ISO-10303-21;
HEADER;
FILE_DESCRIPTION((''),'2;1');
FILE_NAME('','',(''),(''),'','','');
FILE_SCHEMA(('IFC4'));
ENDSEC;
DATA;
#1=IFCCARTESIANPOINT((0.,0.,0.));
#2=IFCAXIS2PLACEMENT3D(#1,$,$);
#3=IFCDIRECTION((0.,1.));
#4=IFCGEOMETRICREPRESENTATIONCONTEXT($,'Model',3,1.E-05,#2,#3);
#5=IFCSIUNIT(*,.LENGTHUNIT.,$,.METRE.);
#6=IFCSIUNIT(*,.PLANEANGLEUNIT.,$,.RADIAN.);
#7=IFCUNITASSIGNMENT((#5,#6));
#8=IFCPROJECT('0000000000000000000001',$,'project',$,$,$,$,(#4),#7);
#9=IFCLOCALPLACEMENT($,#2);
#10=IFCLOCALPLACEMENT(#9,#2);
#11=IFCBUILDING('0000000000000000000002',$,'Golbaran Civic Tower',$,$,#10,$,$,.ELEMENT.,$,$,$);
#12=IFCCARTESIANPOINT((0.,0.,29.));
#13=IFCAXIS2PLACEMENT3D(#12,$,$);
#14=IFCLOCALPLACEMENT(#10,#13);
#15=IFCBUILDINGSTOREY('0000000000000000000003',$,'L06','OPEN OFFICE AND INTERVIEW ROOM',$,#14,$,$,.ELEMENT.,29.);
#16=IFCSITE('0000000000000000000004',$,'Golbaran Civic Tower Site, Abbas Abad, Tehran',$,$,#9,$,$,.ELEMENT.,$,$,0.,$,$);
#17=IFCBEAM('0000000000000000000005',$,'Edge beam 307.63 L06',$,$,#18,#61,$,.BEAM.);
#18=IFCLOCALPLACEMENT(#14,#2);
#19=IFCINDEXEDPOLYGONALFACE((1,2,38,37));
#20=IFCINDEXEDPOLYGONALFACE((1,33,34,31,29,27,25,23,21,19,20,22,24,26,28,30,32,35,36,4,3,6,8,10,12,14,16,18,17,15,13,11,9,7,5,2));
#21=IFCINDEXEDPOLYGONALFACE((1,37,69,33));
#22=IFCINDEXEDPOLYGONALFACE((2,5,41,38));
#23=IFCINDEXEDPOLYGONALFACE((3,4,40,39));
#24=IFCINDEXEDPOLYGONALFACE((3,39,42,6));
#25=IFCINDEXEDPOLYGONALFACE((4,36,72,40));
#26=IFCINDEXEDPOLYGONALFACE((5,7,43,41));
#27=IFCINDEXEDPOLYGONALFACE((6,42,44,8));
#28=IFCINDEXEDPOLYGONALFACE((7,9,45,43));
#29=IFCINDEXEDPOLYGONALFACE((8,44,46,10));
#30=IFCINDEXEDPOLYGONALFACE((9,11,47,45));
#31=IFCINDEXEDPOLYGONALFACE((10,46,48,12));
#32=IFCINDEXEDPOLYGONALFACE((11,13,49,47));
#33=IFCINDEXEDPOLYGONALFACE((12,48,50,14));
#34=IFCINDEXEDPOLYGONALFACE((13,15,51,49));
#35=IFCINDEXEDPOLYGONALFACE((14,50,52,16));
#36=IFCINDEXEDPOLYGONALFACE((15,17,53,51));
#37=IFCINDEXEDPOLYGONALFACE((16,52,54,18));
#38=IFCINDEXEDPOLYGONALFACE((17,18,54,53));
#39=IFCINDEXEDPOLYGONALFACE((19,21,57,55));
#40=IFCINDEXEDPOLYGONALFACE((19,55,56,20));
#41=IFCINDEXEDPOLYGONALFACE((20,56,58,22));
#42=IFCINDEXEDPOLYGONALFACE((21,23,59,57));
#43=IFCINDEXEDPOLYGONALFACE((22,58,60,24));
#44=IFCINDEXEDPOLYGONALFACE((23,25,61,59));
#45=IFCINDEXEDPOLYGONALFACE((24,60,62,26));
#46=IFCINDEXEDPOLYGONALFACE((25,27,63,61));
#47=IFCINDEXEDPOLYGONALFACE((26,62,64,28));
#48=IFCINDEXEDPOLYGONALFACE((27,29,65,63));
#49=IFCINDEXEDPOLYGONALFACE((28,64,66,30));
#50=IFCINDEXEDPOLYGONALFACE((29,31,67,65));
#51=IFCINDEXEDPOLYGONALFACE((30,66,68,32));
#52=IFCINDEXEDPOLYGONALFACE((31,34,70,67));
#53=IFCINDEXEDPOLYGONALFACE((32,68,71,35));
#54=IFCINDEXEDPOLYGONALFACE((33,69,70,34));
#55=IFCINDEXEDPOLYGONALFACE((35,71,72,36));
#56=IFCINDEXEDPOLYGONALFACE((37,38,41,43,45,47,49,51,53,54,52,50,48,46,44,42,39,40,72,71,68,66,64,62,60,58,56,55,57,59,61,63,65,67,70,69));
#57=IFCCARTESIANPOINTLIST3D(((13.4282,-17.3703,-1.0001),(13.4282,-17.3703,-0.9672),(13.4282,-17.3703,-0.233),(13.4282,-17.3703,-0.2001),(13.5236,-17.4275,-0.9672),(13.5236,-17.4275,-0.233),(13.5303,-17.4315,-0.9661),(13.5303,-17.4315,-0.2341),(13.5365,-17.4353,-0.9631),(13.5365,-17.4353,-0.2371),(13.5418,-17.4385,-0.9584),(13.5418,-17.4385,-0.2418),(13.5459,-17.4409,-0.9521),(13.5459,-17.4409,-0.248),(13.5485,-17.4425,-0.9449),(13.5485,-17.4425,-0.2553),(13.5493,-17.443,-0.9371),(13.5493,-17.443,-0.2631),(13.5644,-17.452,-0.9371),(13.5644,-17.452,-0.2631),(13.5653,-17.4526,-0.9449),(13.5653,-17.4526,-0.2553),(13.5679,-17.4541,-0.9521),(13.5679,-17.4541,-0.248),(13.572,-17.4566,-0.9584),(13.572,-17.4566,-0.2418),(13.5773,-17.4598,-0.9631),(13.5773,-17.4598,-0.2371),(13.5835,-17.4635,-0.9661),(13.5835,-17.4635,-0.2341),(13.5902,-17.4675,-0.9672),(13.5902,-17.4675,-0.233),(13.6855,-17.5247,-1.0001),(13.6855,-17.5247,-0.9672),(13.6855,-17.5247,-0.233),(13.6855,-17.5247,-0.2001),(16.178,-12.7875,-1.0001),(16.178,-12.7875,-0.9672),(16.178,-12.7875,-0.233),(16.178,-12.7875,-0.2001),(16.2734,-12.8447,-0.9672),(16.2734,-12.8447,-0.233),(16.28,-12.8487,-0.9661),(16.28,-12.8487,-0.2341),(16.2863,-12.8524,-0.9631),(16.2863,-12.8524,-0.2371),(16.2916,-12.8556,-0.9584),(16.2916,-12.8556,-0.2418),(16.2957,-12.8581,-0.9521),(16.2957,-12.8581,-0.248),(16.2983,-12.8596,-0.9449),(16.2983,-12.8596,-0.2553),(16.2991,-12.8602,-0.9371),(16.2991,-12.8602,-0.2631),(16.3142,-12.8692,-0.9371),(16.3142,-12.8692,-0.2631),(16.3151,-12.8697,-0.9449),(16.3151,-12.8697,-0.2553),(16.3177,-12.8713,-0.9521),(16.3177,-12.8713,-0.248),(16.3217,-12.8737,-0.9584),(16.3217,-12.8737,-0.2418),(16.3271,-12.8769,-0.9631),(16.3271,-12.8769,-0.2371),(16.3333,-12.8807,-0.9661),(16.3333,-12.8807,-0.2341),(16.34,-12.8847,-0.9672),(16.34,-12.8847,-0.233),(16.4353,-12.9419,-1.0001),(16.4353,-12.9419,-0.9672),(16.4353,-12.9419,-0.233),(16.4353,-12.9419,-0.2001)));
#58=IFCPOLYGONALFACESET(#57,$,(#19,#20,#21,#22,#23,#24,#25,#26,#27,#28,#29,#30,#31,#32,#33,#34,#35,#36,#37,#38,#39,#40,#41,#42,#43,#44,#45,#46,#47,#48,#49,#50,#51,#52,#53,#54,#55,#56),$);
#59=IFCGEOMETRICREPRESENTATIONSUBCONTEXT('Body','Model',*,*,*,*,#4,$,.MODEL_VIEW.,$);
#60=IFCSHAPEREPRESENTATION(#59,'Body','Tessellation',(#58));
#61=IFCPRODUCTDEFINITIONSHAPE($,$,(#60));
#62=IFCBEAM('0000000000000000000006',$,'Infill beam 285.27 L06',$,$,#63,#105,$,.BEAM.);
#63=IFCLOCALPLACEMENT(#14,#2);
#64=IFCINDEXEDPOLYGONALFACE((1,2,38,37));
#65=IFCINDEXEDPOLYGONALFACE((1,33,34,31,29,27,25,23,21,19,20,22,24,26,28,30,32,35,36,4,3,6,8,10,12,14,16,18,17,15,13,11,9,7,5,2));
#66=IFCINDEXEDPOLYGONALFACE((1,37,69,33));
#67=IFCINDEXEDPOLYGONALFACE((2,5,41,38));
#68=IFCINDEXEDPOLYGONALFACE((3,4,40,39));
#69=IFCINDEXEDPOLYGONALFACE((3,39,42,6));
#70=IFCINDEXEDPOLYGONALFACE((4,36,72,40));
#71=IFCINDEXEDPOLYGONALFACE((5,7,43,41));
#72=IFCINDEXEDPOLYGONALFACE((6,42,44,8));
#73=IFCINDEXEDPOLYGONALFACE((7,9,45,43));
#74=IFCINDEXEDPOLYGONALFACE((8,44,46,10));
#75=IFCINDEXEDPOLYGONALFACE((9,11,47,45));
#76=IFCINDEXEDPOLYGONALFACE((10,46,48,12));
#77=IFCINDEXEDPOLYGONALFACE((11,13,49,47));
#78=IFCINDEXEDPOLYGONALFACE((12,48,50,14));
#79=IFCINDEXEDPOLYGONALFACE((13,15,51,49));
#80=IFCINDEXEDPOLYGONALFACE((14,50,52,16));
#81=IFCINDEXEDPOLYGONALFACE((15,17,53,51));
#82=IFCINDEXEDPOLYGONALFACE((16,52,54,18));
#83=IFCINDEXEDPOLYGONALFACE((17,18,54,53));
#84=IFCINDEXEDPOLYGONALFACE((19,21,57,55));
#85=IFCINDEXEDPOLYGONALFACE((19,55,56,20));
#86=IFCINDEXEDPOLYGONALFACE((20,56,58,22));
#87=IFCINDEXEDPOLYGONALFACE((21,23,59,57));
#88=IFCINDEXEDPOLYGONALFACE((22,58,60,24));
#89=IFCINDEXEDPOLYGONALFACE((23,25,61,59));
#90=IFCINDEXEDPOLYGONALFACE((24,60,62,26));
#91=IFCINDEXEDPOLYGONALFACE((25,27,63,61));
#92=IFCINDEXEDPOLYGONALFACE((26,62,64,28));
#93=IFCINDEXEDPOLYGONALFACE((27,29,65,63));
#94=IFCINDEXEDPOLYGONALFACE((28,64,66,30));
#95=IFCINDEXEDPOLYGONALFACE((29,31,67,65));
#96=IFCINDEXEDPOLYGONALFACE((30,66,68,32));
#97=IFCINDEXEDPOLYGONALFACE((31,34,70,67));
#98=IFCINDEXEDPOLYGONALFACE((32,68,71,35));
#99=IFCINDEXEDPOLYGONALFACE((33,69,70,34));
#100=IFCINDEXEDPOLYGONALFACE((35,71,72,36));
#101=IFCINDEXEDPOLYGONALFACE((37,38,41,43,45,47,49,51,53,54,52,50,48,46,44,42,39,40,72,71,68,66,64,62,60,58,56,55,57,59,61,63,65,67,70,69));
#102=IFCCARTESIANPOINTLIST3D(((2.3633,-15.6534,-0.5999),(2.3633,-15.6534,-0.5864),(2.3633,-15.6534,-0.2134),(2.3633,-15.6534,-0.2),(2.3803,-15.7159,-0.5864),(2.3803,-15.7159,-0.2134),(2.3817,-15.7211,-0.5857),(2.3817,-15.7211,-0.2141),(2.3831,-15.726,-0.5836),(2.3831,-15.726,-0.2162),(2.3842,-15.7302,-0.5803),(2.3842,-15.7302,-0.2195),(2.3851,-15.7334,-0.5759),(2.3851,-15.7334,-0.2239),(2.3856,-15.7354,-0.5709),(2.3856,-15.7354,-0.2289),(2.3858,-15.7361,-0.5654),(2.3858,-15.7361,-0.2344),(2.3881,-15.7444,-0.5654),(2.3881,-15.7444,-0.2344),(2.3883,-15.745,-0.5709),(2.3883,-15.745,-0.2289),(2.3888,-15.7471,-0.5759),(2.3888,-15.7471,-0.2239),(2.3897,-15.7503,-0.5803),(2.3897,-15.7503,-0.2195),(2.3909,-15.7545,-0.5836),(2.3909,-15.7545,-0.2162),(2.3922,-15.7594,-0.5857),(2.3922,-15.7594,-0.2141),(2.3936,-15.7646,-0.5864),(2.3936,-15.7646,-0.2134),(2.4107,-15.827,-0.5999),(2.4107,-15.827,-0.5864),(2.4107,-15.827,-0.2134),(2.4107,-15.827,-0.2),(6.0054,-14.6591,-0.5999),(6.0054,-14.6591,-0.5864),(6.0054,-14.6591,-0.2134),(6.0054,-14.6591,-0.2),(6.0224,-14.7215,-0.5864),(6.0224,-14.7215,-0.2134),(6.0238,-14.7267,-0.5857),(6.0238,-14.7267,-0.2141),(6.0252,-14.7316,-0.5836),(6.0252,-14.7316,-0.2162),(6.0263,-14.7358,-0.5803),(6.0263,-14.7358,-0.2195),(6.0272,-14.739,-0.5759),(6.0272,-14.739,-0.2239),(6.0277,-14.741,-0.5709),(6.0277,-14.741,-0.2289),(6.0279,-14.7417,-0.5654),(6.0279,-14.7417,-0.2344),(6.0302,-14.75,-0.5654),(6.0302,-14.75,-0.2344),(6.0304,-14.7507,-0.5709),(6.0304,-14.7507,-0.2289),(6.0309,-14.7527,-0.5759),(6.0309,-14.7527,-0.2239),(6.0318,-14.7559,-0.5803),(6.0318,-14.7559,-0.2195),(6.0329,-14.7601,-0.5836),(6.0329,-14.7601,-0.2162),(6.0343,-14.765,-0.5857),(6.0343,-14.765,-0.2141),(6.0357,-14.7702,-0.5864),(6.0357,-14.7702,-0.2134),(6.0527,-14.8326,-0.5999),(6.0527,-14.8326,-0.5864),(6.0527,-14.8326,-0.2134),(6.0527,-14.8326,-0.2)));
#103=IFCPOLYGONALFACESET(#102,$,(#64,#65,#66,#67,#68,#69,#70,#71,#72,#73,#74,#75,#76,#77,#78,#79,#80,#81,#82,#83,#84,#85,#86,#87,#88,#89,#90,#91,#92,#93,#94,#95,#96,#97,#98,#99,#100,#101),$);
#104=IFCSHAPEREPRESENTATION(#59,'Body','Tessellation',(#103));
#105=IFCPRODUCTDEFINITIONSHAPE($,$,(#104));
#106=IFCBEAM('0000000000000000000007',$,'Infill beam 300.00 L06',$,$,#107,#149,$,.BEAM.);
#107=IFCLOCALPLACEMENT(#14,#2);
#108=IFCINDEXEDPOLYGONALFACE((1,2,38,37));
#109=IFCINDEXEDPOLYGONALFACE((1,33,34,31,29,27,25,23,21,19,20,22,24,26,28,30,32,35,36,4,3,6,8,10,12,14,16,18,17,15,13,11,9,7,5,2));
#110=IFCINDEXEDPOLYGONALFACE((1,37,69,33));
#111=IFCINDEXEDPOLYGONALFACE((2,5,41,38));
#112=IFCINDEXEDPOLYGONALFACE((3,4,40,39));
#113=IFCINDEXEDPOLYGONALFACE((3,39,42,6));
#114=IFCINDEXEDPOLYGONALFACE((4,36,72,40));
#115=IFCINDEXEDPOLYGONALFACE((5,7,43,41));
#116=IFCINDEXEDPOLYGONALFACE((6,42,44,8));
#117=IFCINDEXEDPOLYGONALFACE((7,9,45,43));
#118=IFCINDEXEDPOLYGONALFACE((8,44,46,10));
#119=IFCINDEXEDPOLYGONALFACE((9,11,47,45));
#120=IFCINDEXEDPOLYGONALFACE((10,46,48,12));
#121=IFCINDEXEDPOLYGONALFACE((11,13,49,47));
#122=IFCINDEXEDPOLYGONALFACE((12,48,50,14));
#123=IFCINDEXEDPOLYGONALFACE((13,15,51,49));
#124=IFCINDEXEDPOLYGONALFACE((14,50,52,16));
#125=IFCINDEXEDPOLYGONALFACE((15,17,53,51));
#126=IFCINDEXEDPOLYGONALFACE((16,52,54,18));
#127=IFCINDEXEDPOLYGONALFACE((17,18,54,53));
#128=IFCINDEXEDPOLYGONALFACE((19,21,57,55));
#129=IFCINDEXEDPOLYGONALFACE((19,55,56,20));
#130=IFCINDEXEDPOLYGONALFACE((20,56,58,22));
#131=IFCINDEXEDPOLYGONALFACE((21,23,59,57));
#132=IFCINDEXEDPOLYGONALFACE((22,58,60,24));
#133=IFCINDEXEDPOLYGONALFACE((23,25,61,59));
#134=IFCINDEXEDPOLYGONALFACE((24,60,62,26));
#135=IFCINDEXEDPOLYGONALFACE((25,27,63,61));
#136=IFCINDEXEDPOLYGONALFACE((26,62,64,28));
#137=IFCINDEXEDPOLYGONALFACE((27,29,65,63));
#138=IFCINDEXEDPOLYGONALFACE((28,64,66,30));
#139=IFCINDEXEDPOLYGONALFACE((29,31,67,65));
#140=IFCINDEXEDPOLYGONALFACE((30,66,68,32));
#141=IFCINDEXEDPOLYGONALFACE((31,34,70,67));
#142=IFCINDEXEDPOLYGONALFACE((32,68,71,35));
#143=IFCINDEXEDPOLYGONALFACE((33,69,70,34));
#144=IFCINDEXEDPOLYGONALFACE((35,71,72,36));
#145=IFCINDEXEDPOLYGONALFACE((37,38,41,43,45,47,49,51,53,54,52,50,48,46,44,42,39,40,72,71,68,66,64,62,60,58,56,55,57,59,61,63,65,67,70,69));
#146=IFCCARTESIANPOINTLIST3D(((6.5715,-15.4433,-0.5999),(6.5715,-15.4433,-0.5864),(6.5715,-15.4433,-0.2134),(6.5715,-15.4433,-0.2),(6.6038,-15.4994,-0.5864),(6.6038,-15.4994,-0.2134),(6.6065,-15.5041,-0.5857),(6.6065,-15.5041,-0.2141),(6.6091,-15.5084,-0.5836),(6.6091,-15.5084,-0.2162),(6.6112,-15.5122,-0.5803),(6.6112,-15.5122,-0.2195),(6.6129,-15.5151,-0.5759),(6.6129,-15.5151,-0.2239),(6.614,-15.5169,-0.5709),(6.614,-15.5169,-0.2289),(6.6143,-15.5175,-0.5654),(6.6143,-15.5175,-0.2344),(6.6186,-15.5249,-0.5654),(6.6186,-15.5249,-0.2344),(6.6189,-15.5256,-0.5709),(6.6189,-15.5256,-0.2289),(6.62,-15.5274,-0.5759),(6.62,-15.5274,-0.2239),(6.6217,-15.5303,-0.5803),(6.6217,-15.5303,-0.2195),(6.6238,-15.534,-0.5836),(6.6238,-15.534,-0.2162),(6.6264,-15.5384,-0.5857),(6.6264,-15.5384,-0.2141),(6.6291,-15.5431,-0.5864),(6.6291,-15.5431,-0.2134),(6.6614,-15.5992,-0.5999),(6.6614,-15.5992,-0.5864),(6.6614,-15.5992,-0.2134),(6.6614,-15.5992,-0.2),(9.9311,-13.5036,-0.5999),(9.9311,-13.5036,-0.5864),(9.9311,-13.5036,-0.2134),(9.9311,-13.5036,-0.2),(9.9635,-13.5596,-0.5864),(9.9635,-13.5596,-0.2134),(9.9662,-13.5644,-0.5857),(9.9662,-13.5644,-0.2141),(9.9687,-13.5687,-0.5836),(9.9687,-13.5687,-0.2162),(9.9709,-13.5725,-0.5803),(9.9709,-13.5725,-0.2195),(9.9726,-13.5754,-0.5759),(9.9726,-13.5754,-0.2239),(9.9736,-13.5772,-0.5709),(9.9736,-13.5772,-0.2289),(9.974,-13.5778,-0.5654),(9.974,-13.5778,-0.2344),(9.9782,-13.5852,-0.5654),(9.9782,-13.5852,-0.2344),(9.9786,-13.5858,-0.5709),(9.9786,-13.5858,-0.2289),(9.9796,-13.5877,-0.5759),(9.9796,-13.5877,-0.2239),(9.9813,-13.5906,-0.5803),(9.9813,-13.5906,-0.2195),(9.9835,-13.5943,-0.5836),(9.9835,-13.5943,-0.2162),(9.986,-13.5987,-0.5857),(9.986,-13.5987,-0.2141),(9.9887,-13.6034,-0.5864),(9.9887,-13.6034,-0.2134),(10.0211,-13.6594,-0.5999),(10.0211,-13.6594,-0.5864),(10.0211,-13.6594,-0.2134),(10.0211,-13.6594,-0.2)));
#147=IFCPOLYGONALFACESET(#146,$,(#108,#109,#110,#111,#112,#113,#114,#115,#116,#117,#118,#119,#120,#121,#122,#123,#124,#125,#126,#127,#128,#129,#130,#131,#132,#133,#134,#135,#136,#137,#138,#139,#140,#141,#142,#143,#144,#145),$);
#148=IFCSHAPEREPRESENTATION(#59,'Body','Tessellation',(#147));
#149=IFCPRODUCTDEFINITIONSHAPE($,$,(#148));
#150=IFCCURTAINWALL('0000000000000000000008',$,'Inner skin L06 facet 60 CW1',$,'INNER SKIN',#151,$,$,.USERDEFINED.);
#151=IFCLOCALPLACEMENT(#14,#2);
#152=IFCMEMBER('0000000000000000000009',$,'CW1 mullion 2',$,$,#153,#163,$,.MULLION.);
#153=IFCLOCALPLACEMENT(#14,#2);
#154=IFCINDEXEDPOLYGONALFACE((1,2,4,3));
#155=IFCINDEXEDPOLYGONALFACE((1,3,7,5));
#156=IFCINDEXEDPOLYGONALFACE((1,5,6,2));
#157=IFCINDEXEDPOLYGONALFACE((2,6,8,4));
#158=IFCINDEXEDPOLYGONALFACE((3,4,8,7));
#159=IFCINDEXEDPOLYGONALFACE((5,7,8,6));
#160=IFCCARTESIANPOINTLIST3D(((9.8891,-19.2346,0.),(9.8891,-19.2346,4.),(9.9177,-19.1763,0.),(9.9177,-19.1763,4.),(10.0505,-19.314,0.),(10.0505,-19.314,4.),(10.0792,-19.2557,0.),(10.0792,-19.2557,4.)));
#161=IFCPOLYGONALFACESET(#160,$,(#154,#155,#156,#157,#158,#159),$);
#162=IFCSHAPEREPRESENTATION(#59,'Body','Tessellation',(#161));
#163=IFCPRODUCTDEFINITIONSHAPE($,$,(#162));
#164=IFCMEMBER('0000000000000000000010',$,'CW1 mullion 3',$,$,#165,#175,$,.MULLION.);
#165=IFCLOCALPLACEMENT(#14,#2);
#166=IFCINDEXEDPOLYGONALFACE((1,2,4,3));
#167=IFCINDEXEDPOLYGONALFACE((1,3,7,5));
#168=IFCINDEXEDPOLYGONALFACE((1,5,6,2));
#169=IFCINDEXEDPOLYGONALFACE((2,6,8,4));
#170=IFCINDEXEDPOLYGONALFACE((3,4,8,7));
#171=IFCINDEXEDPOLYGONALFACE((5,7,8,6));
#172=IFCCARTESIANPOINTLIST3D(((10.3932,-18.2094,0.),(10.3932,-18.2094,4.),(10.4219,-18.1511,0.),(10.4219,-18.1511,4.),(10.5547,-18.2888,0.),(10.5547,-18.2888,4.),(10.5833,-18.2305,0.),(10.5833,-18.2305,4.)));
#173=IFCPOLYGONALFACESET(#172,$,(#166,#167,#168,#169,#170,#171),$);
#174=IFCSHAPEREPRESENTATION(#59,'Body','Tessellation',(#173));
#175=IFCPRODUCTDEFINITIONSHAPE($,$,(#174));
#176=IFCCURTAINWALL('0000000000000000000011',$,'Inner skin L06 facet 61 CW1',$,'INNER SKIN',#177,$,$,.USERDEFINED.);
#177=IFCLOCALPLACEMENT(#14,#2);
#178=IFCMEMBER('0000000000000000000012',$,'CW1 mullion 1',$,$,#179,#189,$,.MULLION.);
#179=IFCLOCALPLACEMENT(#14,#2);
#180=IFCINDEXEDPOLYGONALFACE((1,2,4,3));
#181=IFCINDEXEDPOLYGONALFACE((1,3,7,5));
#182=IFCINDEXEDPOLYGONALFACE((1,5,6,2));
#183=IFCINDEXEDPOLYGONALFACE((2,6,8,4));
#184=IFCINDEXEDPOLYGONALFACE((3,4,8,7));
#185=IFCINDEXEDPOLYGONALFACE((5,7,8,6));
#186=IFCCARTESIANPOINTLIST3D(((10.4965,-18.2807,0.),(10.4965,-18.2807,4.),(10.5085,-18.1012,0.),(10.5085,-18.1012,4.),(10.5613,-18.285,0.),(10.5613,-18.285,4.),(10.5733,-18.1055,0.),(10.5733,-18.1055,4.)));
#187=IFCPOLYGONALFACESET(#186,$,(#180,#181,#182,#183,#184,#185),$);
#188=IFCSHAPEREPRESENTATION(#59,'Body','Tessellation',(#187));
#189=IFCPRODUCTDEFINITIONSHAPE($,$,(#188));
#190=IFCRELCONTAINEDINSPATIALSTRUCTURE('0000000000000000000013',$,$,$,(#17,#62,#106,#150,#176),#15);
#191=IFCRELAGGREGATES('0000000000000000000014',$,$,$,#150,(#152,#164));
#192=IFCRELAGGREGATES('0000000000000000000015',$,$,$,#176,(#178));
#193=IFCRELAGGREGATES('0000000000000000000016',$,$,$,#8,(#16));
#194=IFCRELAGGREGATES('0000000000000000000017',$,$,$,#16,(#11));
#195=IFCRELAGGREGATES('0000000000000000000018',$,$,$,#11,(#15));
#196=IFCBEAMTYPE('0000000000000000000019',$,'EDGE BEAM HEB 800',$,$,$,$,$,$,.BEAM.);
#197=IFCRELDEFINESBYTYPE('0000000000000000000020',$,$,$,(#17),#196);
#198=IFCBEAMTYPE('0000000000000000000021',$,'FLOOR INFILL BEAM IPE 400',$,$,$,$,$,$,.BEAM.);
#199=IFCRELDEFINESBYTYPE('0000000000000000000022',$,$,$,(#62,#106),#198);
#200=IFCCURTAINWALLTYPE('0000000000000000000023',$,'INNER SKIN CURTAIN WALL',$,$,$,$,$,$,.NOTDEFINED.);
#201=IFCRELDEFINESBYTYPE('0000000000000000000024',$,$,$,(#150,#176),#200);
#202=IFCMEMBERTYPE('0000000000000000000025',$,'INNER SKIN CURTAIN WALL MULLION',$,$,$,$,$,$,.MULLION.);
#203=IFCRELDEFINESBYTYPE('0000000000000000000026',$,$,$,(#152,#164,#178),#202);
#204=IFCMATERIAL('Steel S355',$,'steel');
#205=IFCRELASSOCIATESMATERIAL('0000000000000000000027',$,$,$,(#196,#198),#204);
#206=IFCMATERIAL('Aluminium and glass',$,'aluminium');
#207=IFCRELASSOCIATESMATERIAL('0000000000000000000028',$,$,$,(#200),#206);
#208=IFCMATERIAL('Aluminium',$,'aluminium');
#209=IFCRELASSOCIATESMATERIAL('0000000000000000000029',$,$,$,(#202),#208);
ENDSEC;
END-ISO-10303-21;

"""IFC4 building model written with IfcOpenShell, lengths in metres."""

from ifc_helpers import new_model, si_unit, direction, frame, origin, origin_2d, place, context, subcontext, project, spatial, rectangle, i_section, extrude, material, material_profile, profile_set, type_object, element, aggregate, save


model = new_model("IFC4")

# Units and contexts
model_context = context("Model", 3, precision=1e-05, world=origin(), true_north=direction((0.0, 1.0)))
body_context = subcontext(model_context, "Body", "Model", "MODEL_VIEW")
ifc_project = project(units=[si_unit("LENGTHUNIT", "METRE"), si_unit("PLANEANGLEUNIT", "RADIAN")], contexts=[model_context])

# Site, building, storey
site_placement = place(None, origin())
site = spatial("IfcSite", under=ifc_project, at=site_placement, Name="Golbaran Civic Tower Site, Abbas Abad, Tehran", CompositionType="ELEMENT", RefElevation=0.0)
building_placement = place(site_placement, origin())
building = spatial("IfcBuilding", under=site, at=building_placement, Name="Golbaran Civic Tower", CompositionType="ELEMENT")
storey_placement = place(building_placement, frame((0.0, 0.0, 29.0)))
storey = spatial("IfcBuildingStorey", under=building, at=storey_placement, Name="L06", Description="OPEN OFFICE AND INTERVIEW ROOM", CompositionType="ELEMENT", Elevation=29.0)

# Beams
ifc_material_1 = material(Name="Steel S355", Category="steel")
ifc_material_profile_1 = material_profile(ifc_material_1, i_section(OverallWidth=0.3, OverallDepth=0.8, WebThickness=0.0176, FlangeThickness=0.033, FilletRadius=0.03, at=origin_2d()), Name="HEB 800")
ifc_profile_set_1 = profile_set([ifc_material_profile_1], Name="Steel S355")
beam_type_1 = type_object("IfcBeamType", Name="EDGE BEAM HEB 800", PredefinedType="BEAM", material=ifc_profile_set_1)
beam_1_placement = place(storey_placement, frame((13.5569, -17.4475, -0.6001), z_axis=(0.514509, 0.857485, 0.0), x_axis=(-0.857485, 0.514509, 0.0)))
element("IfcBeam", 1, at=beam_1_placement, inside=storey, type_object=beam_type_1, Name="Edge beam 307.63 L06", PredefinedType="BEAM", context=body_context, shape_type="SweptSolid", body=[
    extrude(i_section(OverallWidth=0.3, OverallDepth=0.8, WebThickness=0.0176, FlangeThickness=0.033, FilletRadius=0.03, at=origin_2d()), origin(), (0.0, 0.0, 1.0), 5.3445),
])
ifc_material_profile_2 = material_profile(ifc_material_1, i_section(OverallWidth=0.1799, OverallDepth=0.3999, WebThickness=0.0085, FlangeThickness=0.0134, FilletRadius=0.021, at=origin_2d()), Name="IPE 400")
ifc_profile_set_2 = profile_set([ifc_material_profile_2], Name="Steel S355")
beam_type_2 = type_object("IfcBeamType", Name="FLOOR INFILL BEAM IPE 400", PredefinedType="BEAM", material=ifc_profile_set_2)
beam_2_placement = place(storey_placement, frame((2.387, -15.7402, -0.3999), z_axis=(0.964691, 0.263386, 0.0), x_axis=(-0.263386, 0.964691, 0.0)))
element("IfcBeam", 2, at=beam_2_placement, inside=storey, type_object=beam_type_2, Name="Infill beam 285.27 L06", PredefinedType="BEAM", context=body_context, shape_type="SweptSolid", body=[
    extrude(i_section(OverallWidth=0.1799, OverallDepth=0.3999, WebThickness=0.0085, FlangeThickness=0.0134, FilletRadius=0.021, at=origin_2d()), origin(), (0.0, 0.0, 1.0), 3.7754),
])
beam_3_placement = place(storey_placement, frame((6.6165, -15.5212, -0.3999), z_axis=(0.866023, 0.500004, 0.0), x_axis=(-0.500004, 0.866023, 0.0)))
element("IfcBeam", 3, at=beam_3_placement, inside=storey, type_object=beam_type_2, Name="Infill beam 300.00 L06", PredefinedType="BEAM", context=body_context, shape_type="SweptSolid", body=[
    extrude(i_section(OverallWidth=0.1799, OverallDepth=0.3999, WebThickness=0.0085, FlangeThickness=0.0134, FilletRadius=0.021, at=origin_2d()), origin(), (0.0, 0.0, 1.0), 3.8794),
])

# Curtain walls, members
ifc_material_2 = material(Name="Aluminium and glass", Category="aluminium")
curtain_wall_type = type_object("IfcCurtainWallType", Name="INNER SKIN CURTAIN WALL", PredefinedType="NOTDEFINED", material=ifc_material_2)
curtain_wall_1_placement = place(storey_placement, origin())
curtain_wall_1 = element("IfcCurtainWall", 4, at=curtain_wall_1_placement, inside=storey, type_object=curtain_wall_type, Name="Inner skin L06 facet 60 CW1", ObjectType="INNER SKIN", PredefinedType="USERDEFINED")
ifc_material_3 = material(Name="Aluminium", Category="aluminium")
ifc_material_profile_3 = material_profile(ifc_material_3, rectangle(XDim=0.1799, YDim=0.0649, at=origin_2d()), Name="INNER SKIN CURTAIN WALL MULLION")
ifc_profile_set_3 = profile_set([ifc_material_profile_3], Name="Aluminium")
member_type_1 = type_object("IfcMemberType", Name="INNER SKIN CURTAIN WALL MULLION", PredefinedType="MULLION", material=ifc_profile_set_3)
member_1_placement = place(storey_placement, frame((9.9841, -19.2451, 0.0), z_axis=(0.0, 0.0, 1.0), x_axis=(-0.897405, 0.441207, 0.0)))
member_1 = element("IfcMember", 5, at=member_1_placement, type_object=member_type_1, Name="CW1 mullion 2", PredefinedType="MULLION", context=body_context, shape_type="SweptSolid", body=[
    extrude(rectangle(XDim=0.1799, YDim=0.0649, at=origin_2d()), origin(), (0.0, 0.0, 1.0), 4.0),
])
member_2_placement = place(storey_placement, frame((10.4883, -18.22, 0.0), z_axis=(0.0, 0.0, 1.0), x_axis=(-0.897405, 0.441207, 0.0)))
member_2 = element("IfcMember", 6, at=member_2_placement, type_object=member_type_1, Name="CW1 mullion 3", PredefinedType="MULLION", context=body_context, shape_type="SweptSolid", body=[
    extrude(rectangle(XDim=0.1799, YDim=0.0649, at=origin_2d()), origin(), (0.0, 0.0, 1.0), 4.0),
])
curtain_wall_2_placement = place(storey_placement, origin())
curtain_wall_2 = element("IfcCurtainWall", 7, at=curtain_wall_2_placement, inside=storey, type_object=curtain_wall_type, Name="Inner skin L06 facet 61 CW1", ObjectType="INNER SKIN", PredefinedType="USERDEFINED")
member_3_placement = place(storey_placement, frame((10.5349, -18.1931, 0.0), z_axis=(0.0, 0.0, 1.0), x_axis=(0.066606, 0.997779, 0.0)))
member_3 = element("IfcMember", 8, at=member_3_placement, type_object=member_type_1, Name="CW1 mullion 1", PredefinedType="MULLION", context=body_context, shape_type="SweptSolid", body=[
    extrude(rectangle(XDim=0.1799, YDim=0.0649, at=origin_2d()), origin(), (0.0, 0.0, 1.0), 4.0),
])

aggregate(curtain_wall_1, [member_1, member_2])
aggregate(curtain_wall_2, [member_3])

save(model, "model.ifc")
